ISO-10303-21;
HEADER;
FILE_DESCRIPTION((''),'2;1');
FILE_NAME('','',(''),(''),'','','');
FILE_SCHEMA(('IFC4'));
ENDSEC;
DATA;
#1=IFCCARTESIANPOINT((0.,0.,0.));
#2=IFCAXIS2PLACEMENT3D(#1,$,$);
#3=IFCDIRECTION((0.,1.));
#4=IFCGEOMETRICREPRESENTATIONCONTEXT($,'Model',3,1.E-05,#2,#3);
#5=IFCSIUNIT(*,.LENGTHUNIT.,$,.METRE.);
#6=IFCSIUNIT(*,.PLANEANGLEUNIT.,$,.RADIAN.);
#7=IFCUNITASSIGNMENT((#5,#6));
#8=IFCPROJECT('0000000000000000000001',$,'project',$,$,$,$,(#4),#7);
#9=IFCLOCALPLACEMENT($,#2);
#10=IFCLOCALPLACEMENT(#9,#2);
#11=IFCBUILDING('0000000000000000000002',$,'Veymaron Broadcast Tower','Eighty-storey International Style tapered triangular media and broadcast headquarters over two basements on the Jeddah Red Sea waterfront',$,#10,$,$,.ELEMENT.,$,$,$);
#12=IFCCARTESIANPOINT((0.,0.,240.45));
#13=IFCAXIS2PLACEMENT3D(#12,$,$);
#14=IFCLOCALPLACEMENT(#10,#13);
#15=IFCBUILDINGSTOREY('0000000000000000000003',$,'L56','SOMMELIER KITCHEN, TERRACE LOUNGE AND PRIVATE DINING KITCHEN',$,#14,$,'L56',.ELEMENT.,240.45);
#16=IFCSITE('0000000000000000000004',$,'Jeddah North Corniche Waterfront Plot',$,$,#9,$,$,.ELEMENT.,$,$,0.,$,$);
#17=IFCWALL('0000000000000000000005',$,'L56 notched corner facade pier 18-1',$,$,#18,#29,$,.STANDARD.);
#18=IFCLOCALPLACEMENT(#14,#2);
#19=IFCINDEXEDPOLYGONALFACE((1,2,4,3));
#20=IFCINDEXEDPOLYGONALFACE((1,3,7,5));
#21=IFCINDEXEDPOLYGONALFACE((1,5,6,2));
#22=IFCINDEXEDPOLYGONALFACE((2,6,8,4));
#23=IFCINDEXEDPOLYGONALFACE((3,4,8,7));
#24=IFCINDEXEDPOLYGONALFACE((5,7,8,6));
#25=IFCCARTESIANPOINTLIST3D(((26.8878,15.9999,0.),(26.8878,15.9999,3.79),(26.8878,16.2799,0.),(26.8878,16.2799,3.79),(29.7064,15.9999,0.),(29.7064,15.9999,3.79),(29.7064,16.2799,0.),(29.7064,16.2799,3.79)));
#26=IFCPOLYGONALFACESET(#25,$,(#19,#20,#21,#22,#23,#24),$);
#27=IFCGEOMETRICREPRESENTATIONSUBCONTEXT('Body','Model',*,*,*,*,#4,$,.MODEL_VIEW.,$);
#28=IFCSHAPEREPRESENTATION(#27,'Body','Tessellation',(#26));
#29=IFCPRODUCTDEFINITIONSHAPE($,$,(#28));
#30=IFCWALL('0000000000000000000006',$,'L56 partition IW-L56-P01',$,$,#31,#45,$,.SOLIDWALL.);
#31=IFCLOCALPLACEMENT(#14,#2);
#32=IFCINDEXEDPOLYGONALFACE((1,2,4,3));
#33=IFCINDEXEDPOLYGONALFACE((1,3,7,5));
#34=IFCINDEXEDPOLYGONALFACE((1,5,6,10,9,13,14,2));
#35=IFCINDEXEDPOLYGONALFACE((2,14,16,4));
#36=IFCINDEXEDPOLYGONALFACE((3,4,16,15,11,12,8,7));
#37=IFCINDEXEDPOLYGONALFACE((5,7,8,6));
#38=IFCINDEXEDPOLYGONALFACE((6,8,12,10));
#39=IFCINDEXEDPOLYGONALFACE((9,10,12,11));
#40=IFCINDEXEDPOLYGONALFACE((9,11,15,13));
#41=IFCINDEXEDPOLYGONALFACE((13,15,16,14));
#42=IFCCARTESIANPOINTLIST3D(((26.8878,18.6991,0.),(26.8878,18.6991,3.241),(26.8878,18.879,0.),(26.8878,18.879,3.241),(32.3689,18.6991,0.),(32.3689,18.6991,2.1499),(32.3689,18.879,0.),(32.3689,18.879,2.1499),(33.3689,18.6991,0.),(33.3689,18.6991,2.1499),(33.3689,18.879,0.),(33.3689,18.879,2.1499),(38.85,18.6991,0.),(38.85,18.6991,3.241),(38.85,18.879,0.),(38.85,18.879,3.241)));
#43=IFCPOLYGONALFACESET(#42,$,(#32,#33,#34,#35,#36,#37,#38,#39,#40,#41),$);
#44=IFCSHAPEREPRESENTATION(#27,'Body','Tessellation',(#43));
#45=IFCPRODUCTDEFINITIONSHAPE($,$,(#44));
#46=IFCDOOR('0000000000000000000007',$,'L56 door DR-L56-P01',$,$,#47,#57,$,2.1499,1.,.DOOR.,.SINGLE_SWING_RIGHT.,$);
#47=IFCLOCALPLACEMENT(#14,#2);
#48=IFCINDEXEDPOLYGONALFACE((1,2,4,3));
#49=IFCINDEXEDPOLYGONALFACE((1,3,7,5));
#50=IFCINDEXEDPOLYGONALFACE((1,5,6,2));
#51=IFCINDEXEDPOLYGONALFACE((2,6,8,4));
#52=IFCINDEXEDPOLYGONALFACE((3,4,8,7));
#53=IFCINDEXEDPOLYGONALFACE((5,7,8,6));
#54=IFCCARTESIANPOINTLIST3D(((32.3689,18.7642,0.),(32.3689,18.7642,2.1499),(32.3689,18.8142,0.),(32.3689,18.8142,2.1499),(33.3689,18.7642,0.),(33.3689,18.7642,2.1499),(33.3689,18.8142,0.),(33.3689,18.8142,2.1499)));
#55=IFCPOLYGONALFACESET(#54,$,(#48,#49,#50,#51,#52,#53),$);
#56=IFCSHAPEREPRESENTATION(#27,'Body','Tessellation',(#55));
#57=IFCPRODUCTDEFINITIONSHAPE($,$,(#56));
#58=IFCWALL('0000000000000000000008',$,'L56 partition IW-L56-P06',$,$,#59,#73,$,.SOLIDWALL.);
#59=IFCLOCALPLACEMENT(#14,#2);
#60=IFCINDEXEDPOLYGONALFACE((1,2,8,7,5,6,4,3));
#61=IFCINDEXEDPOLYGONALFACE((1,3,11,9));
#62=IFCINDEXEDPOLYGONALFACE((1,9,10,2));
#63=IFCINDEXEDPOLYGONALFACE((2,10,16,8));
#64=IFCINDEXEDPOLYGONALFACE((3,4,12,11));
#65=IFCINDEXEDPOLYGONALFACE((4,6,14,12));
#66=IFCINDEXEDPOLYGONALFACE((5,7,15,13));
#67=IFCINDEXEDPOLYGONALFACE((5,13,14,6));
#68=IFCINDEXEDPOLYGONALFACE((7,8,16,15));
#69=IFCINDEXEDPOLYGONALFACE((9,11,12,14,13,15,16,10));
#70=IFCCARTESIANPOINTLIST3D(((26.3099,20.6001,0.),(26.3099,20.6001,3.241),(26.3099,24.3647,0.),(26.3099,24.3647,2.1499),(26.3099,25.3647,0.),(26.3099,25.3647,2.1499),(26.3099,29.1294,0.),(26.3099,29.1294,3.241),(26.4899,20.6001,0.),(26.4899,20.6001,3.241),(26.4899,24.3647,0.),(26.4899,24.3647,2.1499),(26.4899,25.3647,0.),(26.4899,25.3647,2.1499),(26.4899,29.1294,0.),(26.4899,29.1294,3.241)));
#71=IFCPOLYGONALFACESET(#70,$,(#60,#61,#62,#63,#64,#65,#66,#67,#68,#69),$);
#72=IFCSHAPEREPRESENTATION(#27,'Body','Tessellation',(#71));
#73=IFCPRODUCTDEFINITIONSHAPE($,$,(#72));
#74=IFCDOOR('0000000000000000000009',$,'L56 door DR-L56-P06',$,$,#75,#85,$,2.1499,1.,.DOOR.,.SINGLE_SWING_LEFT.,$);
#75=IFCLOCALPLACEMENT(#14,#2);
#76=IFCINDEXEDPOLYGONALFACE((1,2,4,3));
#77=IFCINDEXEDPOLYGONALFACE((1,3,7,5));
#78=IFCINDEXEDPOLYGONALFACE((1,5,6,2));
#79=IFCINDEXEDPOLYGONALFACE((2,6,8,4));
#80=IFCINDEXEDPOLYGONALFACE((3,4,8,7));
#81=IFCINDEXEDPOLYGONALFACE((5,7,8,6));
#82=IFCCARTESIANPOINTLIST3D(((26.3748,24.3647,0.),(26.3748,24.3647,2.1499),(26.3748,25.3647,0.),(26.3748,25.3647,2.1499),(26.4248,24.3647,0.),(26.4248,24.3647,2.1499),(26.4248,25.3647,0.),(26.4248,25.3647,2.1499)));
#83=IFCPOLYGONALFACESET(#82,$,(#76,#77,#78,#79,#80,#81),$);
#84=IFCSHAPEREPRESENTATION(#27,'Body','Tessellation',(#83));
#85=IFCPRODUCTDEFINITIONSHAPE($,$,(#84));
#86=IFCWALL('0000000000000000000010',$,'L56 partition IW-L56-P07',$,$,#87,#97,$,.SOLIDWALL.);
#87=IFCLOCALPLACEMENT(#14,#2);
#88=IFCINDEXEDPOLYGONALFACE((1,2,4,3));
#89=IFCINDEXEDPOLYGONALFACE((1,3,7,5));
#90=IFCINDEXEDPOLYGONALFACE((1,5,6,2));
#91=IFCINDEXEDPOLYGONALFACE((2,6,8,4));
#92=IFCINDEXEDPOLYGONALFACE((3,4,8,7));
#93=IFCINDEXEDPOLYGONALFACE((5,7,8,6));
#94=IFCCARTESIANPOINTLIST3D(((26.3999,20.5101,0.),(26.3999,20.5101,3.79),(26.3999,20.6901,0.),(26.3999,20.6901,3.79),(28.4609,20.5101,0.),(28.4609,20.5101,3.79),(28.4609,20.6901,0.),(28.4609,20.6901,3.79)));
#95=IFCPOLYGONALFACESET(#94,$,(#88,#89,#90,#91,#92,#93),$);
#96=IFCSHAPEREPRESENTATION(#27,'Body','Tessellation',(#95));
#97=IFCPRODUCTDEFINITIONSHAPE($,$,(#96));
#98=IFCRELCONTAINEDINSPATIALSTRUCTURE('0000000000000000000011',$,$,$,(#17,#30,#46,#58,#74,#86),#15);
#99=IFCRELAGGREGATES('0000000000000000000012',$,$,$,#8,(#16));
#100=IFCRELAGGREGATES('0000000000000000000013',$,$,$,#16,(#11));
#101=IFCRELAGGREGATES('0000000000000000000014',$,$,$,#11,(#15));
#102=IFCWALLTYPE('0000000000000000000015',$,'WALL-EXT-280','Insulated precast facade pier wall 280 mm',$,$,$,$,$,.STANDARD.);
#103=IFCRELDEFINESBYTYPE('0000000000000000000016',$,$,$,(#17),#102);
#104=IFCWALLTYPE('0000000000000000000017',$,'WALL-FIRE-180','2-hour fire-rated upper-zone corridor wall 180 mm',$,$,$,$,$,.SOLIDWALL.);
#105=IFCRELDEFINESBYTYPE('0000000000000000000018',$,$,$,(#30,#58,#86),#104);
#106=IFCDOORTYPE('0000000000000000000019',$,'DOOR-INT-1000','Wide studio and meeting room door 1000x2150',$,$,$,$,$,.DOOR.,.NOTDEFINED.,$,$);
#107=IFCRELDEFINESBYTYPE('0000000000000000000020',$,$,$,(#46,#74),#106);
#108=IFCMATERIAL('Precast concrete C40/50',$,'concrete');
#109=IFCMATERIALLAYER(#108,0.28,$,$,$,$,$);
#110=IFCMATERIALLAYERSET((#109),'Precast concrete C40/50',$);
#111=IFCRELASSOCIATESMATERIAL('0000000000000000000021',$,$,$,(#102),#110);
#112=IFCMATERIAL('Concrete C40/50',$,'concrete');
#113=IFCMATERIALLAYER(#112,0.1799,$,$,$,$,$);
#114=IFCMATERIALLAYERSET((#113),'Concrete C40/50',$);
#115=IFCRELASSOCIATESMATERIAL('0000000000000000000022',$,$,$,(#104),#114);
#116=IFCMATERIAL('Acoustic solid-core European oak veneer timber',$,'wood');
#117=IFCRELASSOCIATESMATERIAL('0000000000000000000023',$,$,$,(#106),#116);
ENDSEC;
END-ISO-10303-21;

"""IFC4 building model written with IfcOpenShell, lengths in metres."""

from ifc_helpers import new_model, si_unit, direction, frame, frame_2d, origin, place, context, subcontext, project, spatial, rectangle, extrude, material, layer, layer_set, type_object, element, fill, save


model = new_model("IFC4")

# Units and contexts
model_context = context("Model", 3, precision=1e-05, world=origin(), true_north=direction((0.0, 1.0)))
body_context = subcontext(model_context, "Body", "Model", "MODEL_VIEW")
ifc_project = project(units=[si_unit("LENGTHUNIT", "METRE"), si_unit("PLANEANGLEUNIT", "RADIAN")], contexts=[model_context])

# Site, building, storey
site_placement = place(None, origin())
site = spatial("IfcSite", under=ifc_project, at=site_placement, Name="Jeddah North Corniche Waterfront Plot", CompositionType="ELEMENT", RefElevation=0.0)
building_placement = place(site_placement, origin())
building = spatial("IfcBuilding", under=site, at=building_placement, Name="Veymaron Broadcast Tower", Description="Eighty-storey International Style tapered triangular media and broadcast headquarters over two basements on the Jeddah Red Sea waterfront", CompositionType="ELEMENT")
storey_placement = place(building_placement, frame((0.0, 0.0, 240.45)))
storey = spatial("IfcBuildingStorey", under=building, at=storey_placement, Name="L56", Description="SOMMELIER KITCHEN, TERRACE LOUNGE AND PRIVATE DINING KITCHEN", LongName="L56", CompositionType="ELEMENT", Elevation=240.45)

# Shared definitions
ifc_material_1 = material(Name="Concrete C40/50", Category="concrete")

# Wall
ifc_material_2 = material(Name="Precast concrete C40/50", Category="concrete")
ifc_layer_1 = layer(ifc_material_2, 0.28)
ifc_layer_set_1 = layer_set([ifc_layer_1], Name="Precast concrete C40/50")
wall_type_1 = type_object("IfcWallType", Name="WALL-EXT-280", Description="Insulated precast facade pier wall 280 mm", PredefinedType="STANDARD", material=ifc_layer_set_1)
wall_1_placement = place(storey_placement, frame((26.8879, 16.1399, 0.0), z_axis=(0.0, 0.0, 1.0), x_axis=(1.0, 0.0, 0.0)))
element("IfcWall", 1, at=wall_1_placement, inside=storey, type_object=wall_type_1, Name="L56 notched corner facade pier 18-1", PredefinedType="STANDARD", context=body_context, shape_type="SweptSolid", body=[
    extrude(rectangle(XDim=2.8186, YDim=0.28, at=frame_2d((1.4092, 0.0))), origin(), (0.0, 0.0, 1.0), 3.79),
])

# Walls, openings, doors
ifc_layer_2 = layer(ifc_material_1, 0.1799)
ifc_layer_set_2 = layer_set([ifc_layer_2], Name="Concrete C40/50")
wall_type_2 = type_object("IfcWallType", Name="WALL-FIRE-180", Description="2-hour fire-rated upper-zone corridor wall 180 mm", PredefinedType="SOLIDWALL", material=ifc_layer_set_2)
wall_2_placement = place(storey_placement, frame((26.8879, 18.7891, 0.0), z_axis=(0.0, 0.0, 1.0), x_axis=(1.0, 0.0, 0.0)))
wall_2 = element("IfcWall", 2, at=wall_2_placement, inside=storey, type_object=wall_type_2, Name="L56 partition IW-L56-P01", PredefinedType="SOLIDWALL", context=body_context, shape_type="SweptSolid", body=[
    extrude(rectangle(XDim=11.9622, YDim=0.1799, at=frame_2d((5.981, 0.0))), origin(), (0.0, 0.0, 1.0), 3.241),
])
opening_1_placement = place(wall_2_placement, frame((5.481, 0.0, 0.0)))
opening_1 = element("IfcOpeningElement", 3, at=opening_1_placement, cuts=wall_2, PredefinedType="OPENING", context=body_context, shape_type="SweptSolid", body=[
    extrude(rectangle(XDim=1.0, YDim=2.1499, at=frame_2d((0.5, 1.075))), frame((0.0, 0.1001, 0.0), z_axis=(0.0, -1.0, 0.0), x_axis=(1.0, 0.0, 0.0)), (0.0, 0.0, 1.0), 0.2),
])
ifc_material_3 = material(Name="Acoustic solid-core European oak veneer timber", Category="wood")
door_type = type_object("IfcDoorType", Name="DOOR-INT-1000", Description="Wide studio and meeting room door 1000x2150", OperationType="NOTDEFINED", PredefinedType="DOOR", material=ifc_material_3)
door_1_placement = place(opening_1_placement, frame((1.0, 0.0, 0.0), z_axis=(0.0, 0.0, 1.0), x_axis=(-1.0, 0.0, 0.0)))
door_1 = element("IfcDoor", 4, at=door_1_placement, inside=storey, type_object=door_type, Name="L56 door DR-L56-P01", OperationType="SINGLE_SWING_RIGHT", OverallHeight=2.1499, OverallWidth=1.0, PredefinedType="DOOR", context=body_context, shape_type="SweptSolid", body=[
    extrude(rectangle(XDim=1.0, YDim=2.1499, at=frame_2d((0.5, 1.075))), frame((0.0, 0.0249, 0.0), z_axis=(0.0, -1.0, 0.0), x_axis=(1.0, 0.0, 0.0)), (0.0, 0.0, 1.0), 0.05),
])
fill(opening_1, door_1)
wall_3_placement = place(storey_placement, frame((26.3999, 20.6001, 0.0), z_axis=(0.0, 0.0, 1.0), x_axis=(0.0, 1.0, 0.0)))
wall_3 = element("IfcWall", 5, at=wall_3_placement, inside=storey, type_object=wall_type_2, Name="L56 partition IW-L56-P06", PredefinedType="SOLIDWALL", context=body_context, shape_type="SweptSolid", body=[
    extrude(rectangle(XDim=8.5293, YDim=0.1799, at=frame_2d((4.2646, 0.0))), origin(), (0.0, 0.0, 1.0), 3.241),
])
opening_2_placement = place(wall_3_placement, frame((3.7646, 0.0, 0.0)))
opening_2 = element("IfcOpeningElement", 6, at=opening_2_placement, cuts=wall_3, PredefinedType="OPENING", context=body_context, shape_type="SweptSolid", body=[
    extrude(rectangle(XDim=1.0, YDim=2.1499, at=frame_2d((0.5, 1.075))), frame((0.0, 0.1001, 0.0), z_axis=(0.0, -1.0, 0.0), x_axis=(1.0, 0.0, 0.0)), (0.0, 0.0, 1.0), 0.2),
])
door_2_placement = place(opening_2_placement, frame((1.0, 0.0, 0.0), z_axis=(0.0, 0.0, 1.0), x_axis=(-1.0, 0.0, 0.0)))
door_2 = element("IfcDoor", 7, at=door_2_placement, inside=storey, type_object=door_type, Name="L56 door DR-L56-P06", OperationType="SINGLE_SWING_LEFT", OverallHeight=2.1499, OverallWidth=1.0, PredefinedType="DOOR", context=body_context, shape_type="SweptSolid", body=[
    extrude(rectangle(XDim=1.0, YDim=2.1499, at=frame_2d((0.5, 1.075))), frame((0.0, 0.0249, 0.0), z_axis=(0.0, -1.0, 0.0), x_axis=(1.0, 0.0, 0.0)), (0.0, 0.0, 1.0), 0.05),
])
fill(opening_2, door_2)

# Wall
wall_4_placement = place(storey_placement, frame((26.3999, 20.6001, 0.0), z_axis=(0.0, 0.0, 1.0), x_axis=(1.0, 0.0, 0.0)))
element("IfcWall", 8, at=wall_4_placement, inside=storey, type_object=wall_type_2, Name="L56 partition IW-L56-P07", PredefinedType="SOLIDWALL", context=body_context, shape_type="SweptSolid", body=[
    extrude(rectangle(XDim=2.061, YDim=0.1799, at=frame_2d((1.0305, 0.0))), origin(), (0.0, 0.0, 1.0), 3.79),
])

save(model, "model.ifc")
